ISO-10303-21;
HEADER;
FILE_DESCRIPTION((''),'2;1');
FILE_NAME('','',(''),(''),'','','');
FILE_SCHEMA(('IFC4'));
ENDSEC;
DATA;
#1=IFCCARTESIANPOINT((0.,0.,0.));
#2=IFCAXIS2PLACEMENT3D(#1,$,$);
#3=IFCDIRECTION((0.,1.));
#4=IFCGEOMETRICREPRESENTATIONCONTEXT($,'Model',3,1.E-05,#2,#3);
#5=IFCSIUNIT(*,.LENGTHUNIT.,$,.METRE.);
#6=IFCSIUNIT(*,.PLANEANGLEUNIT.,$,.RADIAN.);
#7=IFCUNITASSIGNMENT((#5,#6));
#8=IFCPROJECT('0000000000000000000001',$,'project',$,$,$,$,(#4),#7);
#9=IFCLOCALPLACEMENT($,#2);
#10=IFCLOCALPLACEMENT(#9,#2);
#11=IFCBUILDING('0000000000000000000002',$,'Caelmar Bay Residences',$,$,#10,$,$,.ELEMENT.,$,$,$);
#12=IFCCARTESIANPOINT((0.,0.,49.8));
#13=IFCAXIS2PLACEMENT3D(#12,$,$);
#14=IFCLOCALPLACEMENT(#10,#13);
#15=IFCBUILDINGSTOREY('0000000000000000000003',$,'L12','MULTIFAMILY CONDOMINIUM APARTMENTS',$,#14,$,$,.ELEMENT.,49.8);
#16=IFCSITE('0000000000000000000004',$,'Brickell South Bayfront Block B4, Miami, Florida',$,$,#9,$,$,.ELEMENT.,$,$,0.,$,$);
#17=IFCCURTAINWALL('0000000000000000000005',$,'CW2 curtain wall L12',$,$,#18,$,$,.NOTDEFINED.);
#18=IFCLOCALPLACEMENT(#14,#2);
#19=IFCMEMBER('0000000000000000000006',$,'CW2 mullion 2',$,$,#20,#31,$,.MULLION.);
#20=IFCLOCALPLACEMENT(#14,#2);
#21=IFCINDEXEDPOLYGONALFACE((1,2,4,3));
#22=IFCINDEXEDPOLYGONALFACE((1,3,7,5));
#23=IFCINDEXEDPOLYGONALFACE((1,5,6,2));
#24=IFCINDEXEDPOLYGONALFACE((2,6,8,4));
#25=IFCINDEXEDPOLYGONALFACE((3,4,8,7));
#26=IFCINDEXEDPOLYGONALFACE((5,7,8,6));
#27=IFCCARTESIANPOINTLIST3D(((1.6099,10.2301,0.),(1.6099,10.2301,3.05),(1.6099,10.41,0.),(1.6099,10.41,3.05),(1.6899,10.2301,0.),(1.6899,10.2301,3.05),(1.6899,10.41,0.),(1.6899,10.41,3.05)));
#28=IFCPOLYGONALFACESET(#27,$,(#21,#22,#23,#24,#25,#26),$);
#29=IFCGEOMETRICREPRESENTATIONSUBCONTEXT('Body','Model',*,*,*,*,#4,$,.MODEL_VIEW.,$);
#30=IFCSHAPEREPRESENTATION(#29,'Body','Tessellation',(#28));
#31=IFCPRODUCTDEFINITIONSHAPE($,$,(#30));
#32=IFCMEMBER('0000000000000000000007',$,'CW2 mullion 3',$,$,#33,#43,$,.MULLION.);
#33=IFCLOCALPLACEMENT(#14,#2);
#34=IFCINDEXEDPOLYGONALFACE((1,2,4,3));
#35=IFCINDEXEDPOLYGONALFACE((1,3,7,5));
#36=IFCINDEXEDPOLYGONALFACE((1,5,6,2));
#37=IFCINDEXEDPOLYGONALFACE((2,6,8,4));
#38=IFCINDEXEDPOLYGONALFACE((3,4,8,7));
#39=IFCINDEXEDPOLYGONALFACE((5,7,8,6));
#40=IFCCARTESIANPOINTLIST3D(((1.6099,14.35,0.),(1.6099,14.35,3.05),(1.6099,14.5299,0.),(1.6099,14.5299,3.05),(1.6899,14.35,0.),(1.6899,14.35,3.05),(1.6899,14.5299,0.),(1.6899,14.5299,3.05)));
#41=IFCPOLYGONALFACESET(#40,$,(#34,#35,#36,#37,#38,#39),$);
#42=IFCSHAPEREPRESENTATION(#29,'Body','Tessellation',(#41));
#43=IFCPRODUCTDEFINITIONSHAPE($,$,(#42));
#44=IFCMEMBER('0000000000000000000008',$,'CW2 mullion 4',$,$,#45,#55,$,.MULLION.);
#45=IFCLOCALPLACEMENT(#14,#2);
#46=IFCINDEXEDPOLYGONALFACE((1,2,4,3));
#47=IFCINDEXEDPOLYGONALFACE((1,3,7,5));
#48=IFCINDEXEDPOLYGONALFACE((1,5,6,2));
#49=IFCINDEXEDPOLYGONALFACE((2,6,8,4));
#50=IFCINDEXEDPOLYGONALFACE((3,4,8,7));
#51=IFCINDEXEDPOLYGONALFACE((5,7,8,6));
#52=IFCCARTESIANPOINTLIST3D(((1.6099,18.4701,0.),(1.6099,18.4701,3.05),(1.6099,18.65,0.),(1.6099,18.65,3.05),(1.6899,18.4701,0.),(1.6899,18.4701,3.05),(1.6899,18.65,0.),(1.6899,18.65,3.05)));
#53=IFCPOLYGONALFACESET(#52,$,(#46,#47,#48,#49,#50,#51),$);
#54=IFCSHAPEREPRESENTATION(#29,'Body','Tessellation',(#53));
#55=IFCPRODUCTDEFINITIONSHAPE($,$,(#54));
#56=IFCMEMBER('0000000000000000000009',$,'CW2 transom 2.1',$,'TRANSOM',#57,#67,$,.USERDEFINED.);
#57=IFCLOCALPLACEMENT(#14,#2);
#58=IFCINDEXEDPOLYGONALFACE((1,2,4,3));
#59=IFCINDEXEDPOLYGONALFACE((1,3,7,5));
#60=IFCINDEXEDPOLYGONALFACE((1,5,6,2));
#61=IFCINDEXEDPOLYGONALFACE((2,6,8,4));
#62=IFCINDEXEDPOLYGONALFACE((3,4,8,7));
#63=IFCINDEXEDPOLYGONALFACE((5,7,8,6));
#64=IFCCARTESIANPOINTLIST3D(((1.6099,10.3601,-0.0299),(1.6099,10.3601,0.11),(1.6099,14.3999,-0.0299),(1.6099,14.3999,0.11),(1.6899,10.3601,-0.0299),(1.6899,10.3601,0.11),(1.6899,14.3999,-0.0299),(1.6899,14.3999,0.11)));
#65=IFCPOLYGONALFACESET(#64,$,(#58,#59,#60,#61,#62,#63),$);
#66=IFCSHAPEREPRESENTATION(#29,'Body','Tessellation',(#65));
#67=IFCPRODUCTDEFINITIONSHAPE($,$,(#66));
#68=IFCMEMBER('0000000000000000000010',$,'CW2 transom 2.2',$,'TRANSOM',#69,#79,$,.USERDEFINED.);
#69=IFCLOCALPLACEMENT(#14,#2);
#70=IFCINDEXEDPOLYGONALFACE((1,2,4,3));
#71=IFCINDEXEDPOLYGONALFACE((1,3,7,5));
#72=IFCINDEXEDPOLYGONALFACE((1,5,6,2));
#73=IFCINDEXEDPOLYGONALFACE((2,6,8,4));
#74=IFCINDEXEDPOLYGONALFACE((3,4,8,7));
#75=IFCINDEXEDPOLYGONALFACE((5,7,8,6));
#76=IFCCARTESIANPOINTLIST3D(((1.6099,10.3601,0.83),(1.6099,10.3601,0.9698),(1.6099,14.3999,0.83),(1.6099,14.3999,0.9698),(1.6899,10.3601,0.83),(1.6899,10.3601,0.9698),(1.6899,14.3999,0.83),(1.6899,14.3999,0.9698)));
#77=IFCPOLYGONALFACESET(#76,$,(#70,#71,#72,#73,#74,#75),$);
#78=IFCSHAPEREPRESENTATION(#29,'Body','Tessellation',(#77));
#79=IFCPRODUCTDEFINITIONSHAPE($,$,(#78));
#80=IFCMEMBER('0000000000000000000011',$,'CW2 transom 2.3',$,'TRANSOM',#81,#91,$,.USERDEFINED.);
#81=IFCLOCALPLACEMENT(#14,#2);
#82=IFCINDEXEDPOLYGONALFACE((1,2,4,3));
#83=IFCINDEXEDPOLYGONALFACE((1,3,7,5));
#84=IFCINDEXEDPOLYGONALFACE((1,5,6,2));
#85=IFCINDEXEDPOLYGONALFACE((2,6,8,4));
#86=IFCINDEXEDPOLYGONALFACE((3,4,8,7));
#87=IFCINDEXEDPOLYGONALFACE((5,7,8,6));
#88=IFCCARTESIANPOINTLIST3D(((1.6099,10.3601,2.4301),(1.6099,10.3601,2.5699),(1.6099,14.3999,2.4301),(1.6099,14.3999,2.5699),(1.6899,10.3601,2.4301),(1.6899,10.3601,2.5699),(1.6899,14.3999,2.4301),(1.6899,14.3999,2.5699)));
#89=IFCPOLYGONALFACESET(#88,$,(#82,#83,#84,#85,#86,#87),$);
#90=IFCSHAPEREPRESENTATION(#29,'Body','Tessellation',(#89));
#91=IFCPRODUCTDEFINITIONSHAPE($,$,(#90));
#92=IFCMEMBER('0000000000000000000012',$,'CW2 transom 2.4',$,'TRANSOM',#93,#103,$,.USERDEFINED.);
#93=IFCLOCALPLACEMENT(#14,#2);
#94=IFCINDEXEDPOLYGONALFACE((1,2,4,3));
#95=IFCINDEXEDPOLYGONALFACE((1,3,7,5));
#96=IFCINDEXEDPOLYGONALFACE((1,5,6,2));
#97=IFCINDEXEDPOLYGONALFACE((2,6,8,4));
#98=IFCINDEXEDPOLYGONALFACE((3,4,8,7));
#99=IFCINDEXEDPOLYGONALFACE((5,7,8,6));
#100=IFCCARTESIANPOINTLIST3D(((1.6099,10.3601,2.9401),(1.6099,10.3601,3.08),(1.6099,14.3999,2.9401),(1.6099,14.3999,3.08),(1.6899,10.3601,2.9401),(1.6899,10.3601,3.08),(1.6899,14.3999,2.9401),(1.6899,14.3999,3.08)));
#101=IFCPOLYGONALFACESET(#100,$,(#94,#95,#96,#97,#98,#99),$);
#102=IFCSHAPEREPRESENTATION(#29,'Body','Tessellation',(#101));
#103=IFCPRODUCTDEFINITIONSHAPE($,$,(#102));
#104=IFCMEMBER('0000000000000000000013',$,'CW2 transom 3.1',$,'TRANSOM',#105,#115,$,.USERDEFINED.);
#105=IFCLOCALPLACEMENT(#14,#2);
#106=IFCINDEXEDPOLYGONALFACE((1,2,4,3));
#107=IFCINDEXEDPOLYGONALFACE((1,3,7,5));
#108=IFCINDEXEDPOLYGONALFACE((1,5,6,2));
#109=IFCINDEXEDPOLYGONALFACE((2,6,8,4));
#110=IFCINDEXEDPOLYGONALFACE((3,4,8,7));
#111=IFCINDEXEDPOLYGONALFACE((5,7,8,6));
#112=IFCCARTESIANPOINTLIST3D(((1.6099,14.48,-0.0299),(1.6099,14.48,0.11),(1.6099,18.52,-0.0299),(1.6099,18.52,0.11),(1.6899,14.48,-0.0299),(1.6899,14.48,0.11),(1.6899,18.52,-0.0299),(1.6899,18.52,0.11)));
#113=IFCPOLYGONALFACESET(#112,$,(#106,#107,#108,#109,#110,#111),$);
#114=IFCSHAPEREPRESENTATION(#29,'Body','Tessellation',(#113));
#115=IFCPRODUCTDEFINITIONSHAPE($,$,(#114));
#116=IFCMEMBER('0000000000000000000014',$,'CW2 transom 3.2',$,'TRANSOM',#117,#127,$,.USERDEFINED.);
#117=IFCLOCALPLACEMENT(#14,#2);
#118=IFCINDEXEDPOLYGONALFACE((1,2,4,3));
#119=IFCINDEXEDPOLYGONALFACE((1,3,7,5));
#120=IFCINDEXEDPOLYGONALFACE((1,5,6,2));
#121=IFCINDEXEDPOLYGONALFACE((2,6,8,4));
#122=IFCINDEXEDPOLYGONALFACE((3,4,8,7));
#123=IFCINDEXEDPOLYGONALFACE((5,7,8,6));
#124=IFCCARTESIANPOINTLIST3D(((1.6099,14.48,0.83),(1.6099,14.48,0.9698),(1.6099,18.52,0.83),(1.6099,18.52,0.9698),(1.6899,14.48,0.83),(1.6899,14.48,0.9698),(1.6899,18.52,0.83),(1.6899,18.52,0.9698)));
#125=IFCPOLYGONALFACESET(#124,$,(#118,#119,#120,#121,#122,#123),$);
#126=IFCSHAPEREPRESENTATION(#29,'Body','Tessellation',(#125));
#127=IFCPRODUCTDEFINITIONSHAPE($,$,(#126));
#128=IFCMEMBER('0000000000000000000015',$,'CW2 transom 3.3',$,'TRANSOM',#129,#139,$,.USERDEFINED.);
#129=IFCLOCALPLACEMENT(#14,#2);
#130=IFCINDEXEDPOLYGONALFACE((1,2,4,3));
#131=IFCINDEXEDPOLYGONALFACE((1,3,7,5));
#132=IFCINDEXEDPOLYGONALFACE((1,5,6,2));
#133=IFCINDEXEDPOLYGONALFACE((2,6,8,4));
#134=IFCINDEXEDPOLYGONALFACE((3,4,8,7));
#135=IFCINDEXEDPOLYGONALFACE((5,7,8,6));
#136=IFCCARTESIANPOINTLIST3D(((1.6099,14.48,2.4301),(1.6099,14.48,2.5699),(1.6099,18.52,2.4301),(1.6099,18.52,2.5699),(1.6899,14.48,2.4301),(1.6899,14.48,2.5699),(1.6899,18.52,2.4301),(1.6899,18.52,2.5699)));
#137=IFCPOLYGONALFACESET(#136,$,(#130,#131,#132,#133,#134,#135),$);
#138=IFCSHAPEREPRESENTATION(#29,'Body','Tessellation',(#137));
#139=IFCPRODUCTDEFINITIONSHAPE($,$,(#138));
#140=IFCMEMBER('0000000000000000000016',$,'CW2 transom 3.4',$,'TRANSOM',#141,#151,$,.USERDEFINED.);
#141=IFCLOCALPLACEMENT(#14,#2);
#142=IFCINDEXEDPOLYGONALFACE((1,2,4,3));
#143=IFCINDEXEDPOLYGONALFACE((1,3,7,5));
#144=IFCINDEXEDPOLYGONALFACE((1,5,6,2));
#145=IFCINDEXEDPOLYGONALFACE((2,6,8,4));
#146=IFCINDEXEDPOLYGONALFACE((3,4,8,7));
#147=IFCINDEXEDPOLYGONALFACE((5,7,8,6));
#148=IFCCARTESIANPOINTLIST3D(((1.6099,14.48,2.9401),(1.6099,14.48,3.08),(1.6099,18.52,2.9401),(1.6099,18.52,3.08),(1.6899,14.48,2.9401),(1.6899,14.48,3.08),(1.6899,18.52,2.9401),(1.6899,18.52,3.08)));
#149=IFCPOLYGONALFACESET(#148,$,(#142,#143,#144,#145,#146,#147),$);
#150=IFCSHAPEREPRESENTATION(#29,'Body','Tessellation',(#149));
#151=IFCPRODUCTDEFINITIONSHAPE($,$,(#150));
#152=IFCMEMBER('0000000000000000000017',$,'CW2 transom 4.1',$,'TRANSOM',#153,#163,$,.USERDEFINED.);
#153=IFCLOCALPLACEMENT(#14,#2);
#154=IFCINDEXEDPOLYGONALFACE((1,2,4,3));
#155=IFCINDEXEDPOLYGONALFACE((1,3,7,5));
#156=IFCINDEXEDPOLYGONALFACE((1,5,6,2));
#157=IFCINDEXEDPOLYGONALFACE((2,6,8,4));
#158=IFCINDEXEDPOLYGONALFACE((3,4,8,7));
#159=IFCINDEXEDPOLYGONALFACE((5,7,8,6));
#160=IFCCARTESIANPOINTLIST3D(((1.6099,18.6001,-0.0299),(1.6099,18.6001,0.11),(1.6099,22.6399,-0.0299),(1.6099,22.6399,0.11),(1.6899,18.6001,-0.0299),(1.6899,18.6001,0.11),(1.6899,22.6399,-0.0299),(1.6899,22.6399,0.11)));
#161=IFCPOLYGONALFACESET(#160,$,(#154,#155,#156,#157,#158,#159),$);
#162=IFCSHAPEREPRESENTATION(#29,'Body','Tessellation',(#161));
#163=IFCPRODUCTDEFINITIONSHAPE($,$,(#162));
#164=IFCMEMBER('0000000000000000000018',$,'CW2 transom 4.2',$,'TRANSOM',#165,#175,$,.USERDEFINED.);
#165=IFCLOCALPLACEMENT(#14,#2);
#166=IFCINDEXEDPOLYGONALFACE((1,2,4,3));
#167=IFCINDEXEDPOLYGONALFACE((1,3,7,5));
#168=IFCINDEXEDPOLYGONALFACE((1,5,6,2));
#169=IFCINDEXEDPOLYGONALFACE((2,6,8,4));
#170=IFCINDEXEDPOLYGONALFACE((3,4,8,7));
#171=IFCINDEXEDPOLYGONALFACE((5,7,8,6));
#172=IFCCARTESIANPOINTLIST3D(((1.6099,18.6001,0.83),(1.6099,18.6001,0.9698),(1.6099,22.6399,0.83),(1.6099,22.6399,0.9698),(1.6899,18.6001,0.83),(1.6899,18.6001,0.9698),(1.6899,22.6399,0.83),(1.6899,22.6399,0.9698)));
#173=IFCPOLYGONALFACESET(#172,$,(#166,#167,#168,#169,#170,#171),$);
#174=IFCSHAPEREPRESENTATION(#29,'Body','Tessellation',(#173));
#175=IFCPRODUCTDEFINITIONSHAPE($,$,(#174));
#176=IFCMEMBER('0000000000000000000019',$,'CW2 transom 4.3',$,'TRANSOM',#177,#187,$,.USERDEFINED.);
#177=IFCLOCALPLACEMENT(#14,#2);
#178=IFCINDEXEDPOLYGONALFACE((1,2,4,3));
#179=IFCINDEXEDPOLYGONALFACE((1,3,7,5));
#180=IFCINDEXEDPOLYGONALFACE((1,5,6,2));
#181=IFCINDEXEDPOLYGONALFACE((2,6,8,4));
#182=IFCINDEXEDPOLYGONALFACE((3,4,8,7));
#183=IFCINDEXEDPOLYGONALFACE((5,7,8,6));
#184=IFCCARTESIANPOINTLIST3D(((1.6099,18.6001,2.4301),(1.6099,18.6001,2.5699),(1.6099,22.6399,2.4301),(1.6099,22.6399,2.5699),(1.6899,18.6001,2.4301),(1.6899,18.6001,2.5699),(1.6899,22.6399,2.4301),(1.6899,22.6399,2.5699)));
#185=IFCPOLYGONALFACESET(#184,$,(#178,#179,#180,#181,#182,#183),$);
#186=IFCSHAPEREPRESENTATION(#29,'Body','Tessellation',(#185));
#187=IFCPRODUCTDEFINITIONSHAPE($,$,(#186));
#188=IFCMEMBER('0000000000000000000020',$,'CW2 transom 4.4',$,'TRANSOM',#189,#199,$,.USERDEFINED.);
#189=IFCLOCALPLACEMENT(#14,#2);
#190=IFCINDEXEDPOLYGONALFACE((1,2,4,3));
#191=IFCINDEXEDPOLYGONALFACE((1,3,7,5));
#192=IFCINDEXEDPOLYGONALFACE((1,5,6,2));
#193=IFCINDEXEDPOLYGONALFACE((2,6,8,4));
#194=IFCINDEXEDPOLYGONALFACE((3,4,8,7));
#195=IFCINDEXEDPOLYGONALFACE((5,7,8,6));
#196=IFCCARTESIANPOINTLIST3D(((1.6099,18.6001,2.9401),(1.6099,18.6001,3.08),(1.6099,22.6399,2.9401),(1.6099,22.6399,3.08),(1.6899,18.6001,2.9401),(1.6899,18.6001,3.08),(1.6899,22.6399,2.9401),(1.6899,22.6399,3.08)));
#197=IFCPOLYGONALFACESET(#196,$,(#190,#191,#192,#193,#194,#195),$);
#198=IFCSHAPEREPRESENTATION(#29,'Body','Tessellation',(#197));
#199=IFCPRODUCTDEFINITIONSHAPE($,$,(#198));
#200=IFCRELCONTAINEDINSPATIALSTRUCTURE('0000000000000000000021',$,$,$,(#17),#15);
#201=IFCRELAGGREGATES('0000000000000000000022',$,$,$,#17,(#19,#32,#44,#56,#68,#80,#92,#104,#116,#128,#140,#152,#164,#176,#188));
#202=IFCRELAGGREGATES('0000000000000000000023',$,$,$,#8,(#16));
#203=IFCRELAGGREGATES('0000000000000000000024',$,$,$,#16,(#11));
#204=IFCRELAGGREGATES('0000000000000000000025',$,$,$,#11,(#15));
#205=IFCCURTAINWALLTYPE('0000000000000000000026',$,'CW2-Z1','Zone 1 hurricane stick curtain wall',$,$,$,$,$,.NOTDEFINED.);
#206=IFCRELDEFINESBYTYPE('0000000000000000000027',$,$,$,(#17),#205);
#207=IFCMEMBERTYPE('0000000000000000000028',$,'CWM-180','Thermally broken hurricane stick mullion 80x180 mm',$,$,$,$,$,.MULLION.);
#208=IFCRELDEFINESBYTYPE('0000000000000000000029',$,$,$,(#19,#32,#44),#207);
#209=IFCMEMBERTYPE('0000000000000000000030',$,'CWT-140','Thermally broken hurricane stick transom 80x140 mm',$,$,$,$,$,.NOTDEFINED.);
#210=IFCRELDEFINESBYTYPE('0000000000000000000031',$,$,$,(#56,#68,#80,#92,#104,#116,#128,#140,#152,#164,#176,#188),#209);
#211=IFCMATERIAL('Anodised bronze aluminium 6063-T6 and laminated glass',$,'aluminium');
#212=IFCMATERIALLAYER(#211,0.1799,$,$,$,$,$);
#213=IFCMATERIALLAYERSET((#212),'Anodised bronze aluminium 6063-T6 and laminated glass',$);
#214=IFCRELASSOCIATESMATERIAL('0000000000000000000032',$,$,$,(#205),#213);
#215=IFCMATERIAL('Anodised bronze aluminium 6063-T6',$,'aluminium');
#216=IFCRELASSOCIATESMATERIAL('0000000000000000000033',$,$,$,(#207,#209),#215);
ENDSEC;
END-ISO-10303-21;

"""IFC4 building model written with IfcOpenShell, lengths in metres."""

from ifc_helpers import new_model, si_unit, direction, frame, origin, origin_2d, place, context, subcontext, project, spatial, rectangle, extrude, material, layer, layer_set, material_profile, profile_set, type_object, element, aggregate, save


model = new_model("IFC4")

# Units and contexts
model_context = context("Model", 3, precision=1e-05, world=origin(), true_north=direction((0.0, 1.0)))
body_context = subcontext(model_context, "Body", "Model", "MODEL_VIEW")
ifc_project = project(units=[si_unit("LENGTHUNIT", "METRE"), si_unit("PLANEANGLEUNIT", "RADIAN")], contexts=[model_context])

# Site, building, storey
site_placement = place(None, origin())
site = spatial("IfcSite", under=ifc_project, at=site_placement, Name="Brickell South Bayfront Block B4, Miami, Florida", CompositionType="ELEMENT", RefElevation=0.0)
building_placement = place(site_placement, origin())
building = spatial("IfcBuilding", under=site, at=building_placement, Name="Caelmar Bay Residences", CompositionType="ELEMENT")
storey_placement = place(building_placement, frame((0.0, 0.0, 49.8)))
storey = spatial("IfcBuildingStorey", under=building, at=storey_placement, Name="L12", Description="MULTIFAMILY CONDOMINIUM APARTMENTS", CompositionType="ELEMENT", Elevation=49.8)

# Curtain wall, members
ifc_material_1 = material(Name="Anodised bronze aluminium 6063-T6 and laminated glass", Category="aluminium")
ifc_layer_1 = layer(ifc_material_1, 0.1799)
ifc_layer_set_1 = layer_set([ifc_layer_1], Name="Anodised bronze aluminium 6063-T6 and laminated glass")
curtain_wall_type = type_object("IfcCurtainWallType", Name="CW2-Z1", Description="Zone 1 hurricane stick curtain wall", PredefinedType="NOTDEFINED", material=ifc_layer_set_1)
curtain_wall_placement = place(storey_placement, origin())
curtain_wall = element("IfcCurtainWall", 1, at=curtain_wall_placement, inside=storey, type_object=curtain_wall_type, Name="CW2 curtain wall L12", PredefinedType="NOTDEFINED")
ifc_material_2 = material(Name="Anodised bronze aluminium 6063-T6", Category="aluminium")
ifc_material_profile_1 = material_profile(ifc_material_2, rectangle(XDim=0.0801, YDim=0.1799, at=origin_2d()), Name="CWM-80X180")
ifc_profile_set_1 = profile_set([ifc_material_profile_1], Name="Anodised bronze aluminium 6063-T6")
member_type_1 = type_object("IfcMemberType", Name="CWM-180", Description="Thermally broken hurricane stick mullion 80x180 mm", PredefinedType="MULLION", material=ifc_profile_set_1)
member_1_placement = place(storey_placement, frame((1.6499, 10.3201, 0.0), z_axis=(0.0, 0.0, 1.0), x_axis=(-1.0, 0.0, 0.0)))
member_1 = element("IfcMember", 2, at=member_1_placement, type_object=member_type_1, Name="CW2 mullion 2", PredefinedType="MULLION", context=body_context, shape_type="SweptSolid", body=[
    extrude(rectangle(XDim=0.0801, YDim=0.1799, at=origin_2d()), origin(), (0.0, 0.0, 1.0), 3.05),
])
member_2_placement = place(storey_placement, frame((1.6499, 14.4399, 0.0), z_axis=(0.0, 0.0, 1.0), x_axis=(-1.0, 0.0, 0.0)))
member_2 = element("IfcMember", 3, at=member_2_placement, type_object=member_type_1, Name="CW2 mullion 3", PredefinedType="MULLION", context=body_context, shape_type="SweptSolid", body=[
    extrude(rectangle(XDim=0.0801, YDim=0.1799, at=origin_2d()), origin(), (0.0, 0.0, 1.0), 3.05),
])
member_3_placement = place(storey_placement, frame((1.6499, 18.5601, 0.0), z_axis=(0.0, 0.0, 1.0), x_axis=(-1.0, 0.0, 0.0)))
member_3 = element("IfcMember", 4, at=member_3_placement, type_object=member_type_1, Name="CW2 mullion 4", PredefinedType="MULLION", context=body_context, shape_type="SweptSolid", body=[
    extrude(rectangle(XDim=0.0801, YDim=0.1799, at=origin_2d()), origin(), (0.0, 0.0, 1.0), 3.05),
])
ifc_material_profile_2 = material_profile(ifc_material_2, rectangle(XDim=0.0801, YDim=0.1399, at=origin_2d()), Name="CWT-80X140")
ifc_profile_set_2 = profile_set([ifc_material_profile_2], Name="Anodised bronze aluminium 6063-T6")
member_type_2 = type_object("IfcMemberType", Name="CWT-140", Description="Thermally broken hurricane stick transom 80x140 mm", PredefinedType="NOTDEFINED", material=ifc_profile_set_2)
member_4_placement = place(storey_placement, frame((1.6499, 10.3601, 0.04), z_axis=(0.0, 1.0, 0.0), x_axis=(-1.0, 0.0, 0.0)))
member_4 = element("IfcMember", 5, at=member_4_placement, type_object=member_type_2, Name="CW2 transom 2.1", ObjectType="TRANSOM", PredefinedType="USERDEFINED", context=body_context, shape_type="SweptSolid", body=[
    extrude(rectangle(XDim=0.0801, YDim=0.1399, at=origin_2d()), origin(), (0.0, 0.0, 1.0), 4.0398),
])
member_5_placement = place(storey_placement, frame((1.6499, 10.3601, 0.8999), z_axis=(0.0, 1.0, 0.0), x_axis=(-1.0, 0.0, 0.0)))
member_5 = element("IfcMember", 6, at=member_5_placement, type_object=member_type_2, Name="CW2 transom 2.2", ObjectType="TRANSOM", PredefinedType="USERDEFINED", context=body_context, shape_type="SweptSolid", body=[
    extrude(rectangle(XDim=0.0801, YDim=0.1399, at=origin_2d()), origin(), (0.0, 0.0, 1.0), 4.0398),
])
member_6_placement = place(storey_placement, frame((1.6499, 10.3601, 2.5), z_axis=(0.0, 1.0, 0.0), x_axis=(-1.0, 0.0, 0.0)))
member_6 = element("IfcMember", 7, at=member_6_placement, type_object=member_type_2, Name="CW2 transom 2.3", ObjectType="TRANSOM", PredefinedType="USERDEFINED", context=body_context, shape_type="SweptSolid", body=[
    extrude(rectangle(XDim=0.0801, YDim=0.1399, at=origin_2d()), origin(), (0.0, 0.0, 1.0), 4.0398),
])
member_7_placement = place(storey_placement, frame((1.6499, 10.3601, 3.01), z_axis=(0.0, 1.0, 0.0), x_axis=(-1.0, 0.0, 0.0)))
member_7 = element("IfcMember", 8, at=member_7_placement, type_object=member_type_2, Name="CW2 transom 2.4", ObjectType="TRANSOM", PredefinedType="USERDEFINED", context=body_context, shape_type="SweptSolid", body=[
    extrude(rectangle(XDim=0.0801, YDim=0.1399, at=origin_2d()), origin(), (0.0, 0.0, 1.0), 4.0398),
])
member_8_placement = place(storey_placement, frame((1.6499, 14.48, 0.04), z_axis=(0.0, 1.0, 0.0), x_axis=(-1.0, 0.0, 0.0)))
member_8 = element("IfcMember", 9, at=member_8_placement, type_object=member_type_2, Name="CW2 transom 3.1", ObjectType="TRANSOM", PredefinedType="USERDEFINED", context=body_context, shape_type="SweptSolid", body=[
    extrude(rectangle(XDim=0.0801, YDim=0.1399, at=origin_2d()), origin(), (0.0, 0.0, 1.0), 4.04),
])
member_9_placement = place(storey_placement, frame((1.6499, 14.48, 0.8999), z_axis=(0.0, 1.0, 0.0), x_axis=(-1.0, 0.0, 0.0)))
member_9 = element("IfcMember", 10, at=member_9_placement, type_object=member_type_2, Name="CW2 transom 3.2", ObjectType="TRANSOM", PredefinedType="USERDEFINED", context=body_context, shape_type="SweptSolid", body=[
    extrude(rectangle(XDim=0.0801, YDim=0.1399, at=origin_2d()), origin(), (0.0, 0.0, 1.0), 4.04),
])
member_10_placement = place(storey_placement, frame((1.6499, 14.48, 2.5), z_axis=(0.0, 1.0, 0.0), x_axis=(-1.0, 0.0, 0.0)))
member_10 = element("IfcMember", 11, at=member_10_placement, type_object=member_type_2, Name="CW2 transom 3.3", ObjectType="TRANSOM", PredefinedType="USERDEFINED", context=body_context, shape_type="SweptSolid", body=[
    extrude(rectangle(XDim=0.0801, YDim=0.1399, at=origin_2d()), origin(), (0.0, 0.0, 1.0), 4.04),
])
member_11_placement = place(storey_placement, frame((1.6499, 14.48, 3.01), z_axis=(0.0, 1.0, 0.0), x_axis=(-1.0, 0.0, 0.0)))
member_11 = element("IfcMember", 12, at=member_11_placement, type_object=member_type_2, Name="CW2 transom 3.4", ObjectType="TRANSOM", PredefinedType="USERDEFINED", context=body_context, shape_type="SweptSolid", body=[
    extrude(rectangle(XDim=0.0801, YDim=0.1399, at=origin_2d()), origin(), (0.0, 0.0, 1.0), 4.04),
])
member_12_placement = place(storey_placement, frame((1.6499, 18.6001, 0.04), z_axis=(0.0, 1.0, 0.0), x_axis=(-1.0, 0.0, 0.0)))
member_12 = element("IfcMember", 13, at=member_12_placement, type_object=member_type_2, Name="CW2 transom 4.1", ObjectType="TRANSOM", PredefinedType="USERDEFINED", context=body_context, shape_type="SweptSolid", body=[
    extrude(rectangle(XDim=0.0801, YDim=0.1399, at=origin_2d()), origin(), (0.0, 0.0, 1.0), 4.0398),
])
member_13_placement = place(storey_placement, frame((1.6499, 18.6001, 0.8999), z_axis=(0.0, 1.0, 0.0), x_axis=(-1.0, 0.0, 0.0)))
member_13 = element("IfcMember", 14, at=member_13_placement, type_object=member_type_2, Name="CW2 transom 4.2", ObjectType="TRANSOM", PredefinedType="USERDEFINED", context=body_context, shape_type="SweptSolid", body=[
    extrude(rectangle(XDim=0.0801, YDim=0.1399, at=origin_2d()), origin(), (0.0, 0.0, 1.0), 4.0398),
])
member_14_placement = place(storey_placement, frame((1.6499, 18.6001, 2.5), z_axis=(0.0, 1.0, 0.0), x_axis=(-1.0, 0.0, 0.0)))
member_14 = element("IfcMember", 15, at=member_14_placement, type_object=member_type_2, Name="CW2 transom 4.3", ObjectType="TRANSOM", PredefinedType="USERDEFINED", context=body_context, shape_type="SweptSolid", body=[
    extrude(rectangle(XDim=0.0801, YDim=0.1399, at=origin_2d()), origin(), (0.0, 0.0, 1.0), 4.0398),
])
member_15_placement = place(storey_placement, frame((1.6499, 18.6001, 3.01), z_axis=(0.0, 1.0, 0.0), x_axis=(-1.0, 0.0, 0.0)))
member_15 = element("IfcMember", 16, at=member_15_placement, type_object=member_type_2, Name="CW2 transom 4.4", ObjectType="TRANSOM", PredefinedType="USERDEFINED", context=body_context, shape_type="SweptSolid", body=[
    extrude(rectangle(XDim=0.0801, YDim=0.1399, at=origin_2d()), origin(), (0.0, 0.0, 1.0), 4.0398),
])
aggregate(curtain_wall, [member_1, member_2, member_3, member_4, member_5, member_6, member_7, member_8, member_9, member_10, member_11, member_12, member_13, member_14, member_15])

save(model, "model.ifc")
